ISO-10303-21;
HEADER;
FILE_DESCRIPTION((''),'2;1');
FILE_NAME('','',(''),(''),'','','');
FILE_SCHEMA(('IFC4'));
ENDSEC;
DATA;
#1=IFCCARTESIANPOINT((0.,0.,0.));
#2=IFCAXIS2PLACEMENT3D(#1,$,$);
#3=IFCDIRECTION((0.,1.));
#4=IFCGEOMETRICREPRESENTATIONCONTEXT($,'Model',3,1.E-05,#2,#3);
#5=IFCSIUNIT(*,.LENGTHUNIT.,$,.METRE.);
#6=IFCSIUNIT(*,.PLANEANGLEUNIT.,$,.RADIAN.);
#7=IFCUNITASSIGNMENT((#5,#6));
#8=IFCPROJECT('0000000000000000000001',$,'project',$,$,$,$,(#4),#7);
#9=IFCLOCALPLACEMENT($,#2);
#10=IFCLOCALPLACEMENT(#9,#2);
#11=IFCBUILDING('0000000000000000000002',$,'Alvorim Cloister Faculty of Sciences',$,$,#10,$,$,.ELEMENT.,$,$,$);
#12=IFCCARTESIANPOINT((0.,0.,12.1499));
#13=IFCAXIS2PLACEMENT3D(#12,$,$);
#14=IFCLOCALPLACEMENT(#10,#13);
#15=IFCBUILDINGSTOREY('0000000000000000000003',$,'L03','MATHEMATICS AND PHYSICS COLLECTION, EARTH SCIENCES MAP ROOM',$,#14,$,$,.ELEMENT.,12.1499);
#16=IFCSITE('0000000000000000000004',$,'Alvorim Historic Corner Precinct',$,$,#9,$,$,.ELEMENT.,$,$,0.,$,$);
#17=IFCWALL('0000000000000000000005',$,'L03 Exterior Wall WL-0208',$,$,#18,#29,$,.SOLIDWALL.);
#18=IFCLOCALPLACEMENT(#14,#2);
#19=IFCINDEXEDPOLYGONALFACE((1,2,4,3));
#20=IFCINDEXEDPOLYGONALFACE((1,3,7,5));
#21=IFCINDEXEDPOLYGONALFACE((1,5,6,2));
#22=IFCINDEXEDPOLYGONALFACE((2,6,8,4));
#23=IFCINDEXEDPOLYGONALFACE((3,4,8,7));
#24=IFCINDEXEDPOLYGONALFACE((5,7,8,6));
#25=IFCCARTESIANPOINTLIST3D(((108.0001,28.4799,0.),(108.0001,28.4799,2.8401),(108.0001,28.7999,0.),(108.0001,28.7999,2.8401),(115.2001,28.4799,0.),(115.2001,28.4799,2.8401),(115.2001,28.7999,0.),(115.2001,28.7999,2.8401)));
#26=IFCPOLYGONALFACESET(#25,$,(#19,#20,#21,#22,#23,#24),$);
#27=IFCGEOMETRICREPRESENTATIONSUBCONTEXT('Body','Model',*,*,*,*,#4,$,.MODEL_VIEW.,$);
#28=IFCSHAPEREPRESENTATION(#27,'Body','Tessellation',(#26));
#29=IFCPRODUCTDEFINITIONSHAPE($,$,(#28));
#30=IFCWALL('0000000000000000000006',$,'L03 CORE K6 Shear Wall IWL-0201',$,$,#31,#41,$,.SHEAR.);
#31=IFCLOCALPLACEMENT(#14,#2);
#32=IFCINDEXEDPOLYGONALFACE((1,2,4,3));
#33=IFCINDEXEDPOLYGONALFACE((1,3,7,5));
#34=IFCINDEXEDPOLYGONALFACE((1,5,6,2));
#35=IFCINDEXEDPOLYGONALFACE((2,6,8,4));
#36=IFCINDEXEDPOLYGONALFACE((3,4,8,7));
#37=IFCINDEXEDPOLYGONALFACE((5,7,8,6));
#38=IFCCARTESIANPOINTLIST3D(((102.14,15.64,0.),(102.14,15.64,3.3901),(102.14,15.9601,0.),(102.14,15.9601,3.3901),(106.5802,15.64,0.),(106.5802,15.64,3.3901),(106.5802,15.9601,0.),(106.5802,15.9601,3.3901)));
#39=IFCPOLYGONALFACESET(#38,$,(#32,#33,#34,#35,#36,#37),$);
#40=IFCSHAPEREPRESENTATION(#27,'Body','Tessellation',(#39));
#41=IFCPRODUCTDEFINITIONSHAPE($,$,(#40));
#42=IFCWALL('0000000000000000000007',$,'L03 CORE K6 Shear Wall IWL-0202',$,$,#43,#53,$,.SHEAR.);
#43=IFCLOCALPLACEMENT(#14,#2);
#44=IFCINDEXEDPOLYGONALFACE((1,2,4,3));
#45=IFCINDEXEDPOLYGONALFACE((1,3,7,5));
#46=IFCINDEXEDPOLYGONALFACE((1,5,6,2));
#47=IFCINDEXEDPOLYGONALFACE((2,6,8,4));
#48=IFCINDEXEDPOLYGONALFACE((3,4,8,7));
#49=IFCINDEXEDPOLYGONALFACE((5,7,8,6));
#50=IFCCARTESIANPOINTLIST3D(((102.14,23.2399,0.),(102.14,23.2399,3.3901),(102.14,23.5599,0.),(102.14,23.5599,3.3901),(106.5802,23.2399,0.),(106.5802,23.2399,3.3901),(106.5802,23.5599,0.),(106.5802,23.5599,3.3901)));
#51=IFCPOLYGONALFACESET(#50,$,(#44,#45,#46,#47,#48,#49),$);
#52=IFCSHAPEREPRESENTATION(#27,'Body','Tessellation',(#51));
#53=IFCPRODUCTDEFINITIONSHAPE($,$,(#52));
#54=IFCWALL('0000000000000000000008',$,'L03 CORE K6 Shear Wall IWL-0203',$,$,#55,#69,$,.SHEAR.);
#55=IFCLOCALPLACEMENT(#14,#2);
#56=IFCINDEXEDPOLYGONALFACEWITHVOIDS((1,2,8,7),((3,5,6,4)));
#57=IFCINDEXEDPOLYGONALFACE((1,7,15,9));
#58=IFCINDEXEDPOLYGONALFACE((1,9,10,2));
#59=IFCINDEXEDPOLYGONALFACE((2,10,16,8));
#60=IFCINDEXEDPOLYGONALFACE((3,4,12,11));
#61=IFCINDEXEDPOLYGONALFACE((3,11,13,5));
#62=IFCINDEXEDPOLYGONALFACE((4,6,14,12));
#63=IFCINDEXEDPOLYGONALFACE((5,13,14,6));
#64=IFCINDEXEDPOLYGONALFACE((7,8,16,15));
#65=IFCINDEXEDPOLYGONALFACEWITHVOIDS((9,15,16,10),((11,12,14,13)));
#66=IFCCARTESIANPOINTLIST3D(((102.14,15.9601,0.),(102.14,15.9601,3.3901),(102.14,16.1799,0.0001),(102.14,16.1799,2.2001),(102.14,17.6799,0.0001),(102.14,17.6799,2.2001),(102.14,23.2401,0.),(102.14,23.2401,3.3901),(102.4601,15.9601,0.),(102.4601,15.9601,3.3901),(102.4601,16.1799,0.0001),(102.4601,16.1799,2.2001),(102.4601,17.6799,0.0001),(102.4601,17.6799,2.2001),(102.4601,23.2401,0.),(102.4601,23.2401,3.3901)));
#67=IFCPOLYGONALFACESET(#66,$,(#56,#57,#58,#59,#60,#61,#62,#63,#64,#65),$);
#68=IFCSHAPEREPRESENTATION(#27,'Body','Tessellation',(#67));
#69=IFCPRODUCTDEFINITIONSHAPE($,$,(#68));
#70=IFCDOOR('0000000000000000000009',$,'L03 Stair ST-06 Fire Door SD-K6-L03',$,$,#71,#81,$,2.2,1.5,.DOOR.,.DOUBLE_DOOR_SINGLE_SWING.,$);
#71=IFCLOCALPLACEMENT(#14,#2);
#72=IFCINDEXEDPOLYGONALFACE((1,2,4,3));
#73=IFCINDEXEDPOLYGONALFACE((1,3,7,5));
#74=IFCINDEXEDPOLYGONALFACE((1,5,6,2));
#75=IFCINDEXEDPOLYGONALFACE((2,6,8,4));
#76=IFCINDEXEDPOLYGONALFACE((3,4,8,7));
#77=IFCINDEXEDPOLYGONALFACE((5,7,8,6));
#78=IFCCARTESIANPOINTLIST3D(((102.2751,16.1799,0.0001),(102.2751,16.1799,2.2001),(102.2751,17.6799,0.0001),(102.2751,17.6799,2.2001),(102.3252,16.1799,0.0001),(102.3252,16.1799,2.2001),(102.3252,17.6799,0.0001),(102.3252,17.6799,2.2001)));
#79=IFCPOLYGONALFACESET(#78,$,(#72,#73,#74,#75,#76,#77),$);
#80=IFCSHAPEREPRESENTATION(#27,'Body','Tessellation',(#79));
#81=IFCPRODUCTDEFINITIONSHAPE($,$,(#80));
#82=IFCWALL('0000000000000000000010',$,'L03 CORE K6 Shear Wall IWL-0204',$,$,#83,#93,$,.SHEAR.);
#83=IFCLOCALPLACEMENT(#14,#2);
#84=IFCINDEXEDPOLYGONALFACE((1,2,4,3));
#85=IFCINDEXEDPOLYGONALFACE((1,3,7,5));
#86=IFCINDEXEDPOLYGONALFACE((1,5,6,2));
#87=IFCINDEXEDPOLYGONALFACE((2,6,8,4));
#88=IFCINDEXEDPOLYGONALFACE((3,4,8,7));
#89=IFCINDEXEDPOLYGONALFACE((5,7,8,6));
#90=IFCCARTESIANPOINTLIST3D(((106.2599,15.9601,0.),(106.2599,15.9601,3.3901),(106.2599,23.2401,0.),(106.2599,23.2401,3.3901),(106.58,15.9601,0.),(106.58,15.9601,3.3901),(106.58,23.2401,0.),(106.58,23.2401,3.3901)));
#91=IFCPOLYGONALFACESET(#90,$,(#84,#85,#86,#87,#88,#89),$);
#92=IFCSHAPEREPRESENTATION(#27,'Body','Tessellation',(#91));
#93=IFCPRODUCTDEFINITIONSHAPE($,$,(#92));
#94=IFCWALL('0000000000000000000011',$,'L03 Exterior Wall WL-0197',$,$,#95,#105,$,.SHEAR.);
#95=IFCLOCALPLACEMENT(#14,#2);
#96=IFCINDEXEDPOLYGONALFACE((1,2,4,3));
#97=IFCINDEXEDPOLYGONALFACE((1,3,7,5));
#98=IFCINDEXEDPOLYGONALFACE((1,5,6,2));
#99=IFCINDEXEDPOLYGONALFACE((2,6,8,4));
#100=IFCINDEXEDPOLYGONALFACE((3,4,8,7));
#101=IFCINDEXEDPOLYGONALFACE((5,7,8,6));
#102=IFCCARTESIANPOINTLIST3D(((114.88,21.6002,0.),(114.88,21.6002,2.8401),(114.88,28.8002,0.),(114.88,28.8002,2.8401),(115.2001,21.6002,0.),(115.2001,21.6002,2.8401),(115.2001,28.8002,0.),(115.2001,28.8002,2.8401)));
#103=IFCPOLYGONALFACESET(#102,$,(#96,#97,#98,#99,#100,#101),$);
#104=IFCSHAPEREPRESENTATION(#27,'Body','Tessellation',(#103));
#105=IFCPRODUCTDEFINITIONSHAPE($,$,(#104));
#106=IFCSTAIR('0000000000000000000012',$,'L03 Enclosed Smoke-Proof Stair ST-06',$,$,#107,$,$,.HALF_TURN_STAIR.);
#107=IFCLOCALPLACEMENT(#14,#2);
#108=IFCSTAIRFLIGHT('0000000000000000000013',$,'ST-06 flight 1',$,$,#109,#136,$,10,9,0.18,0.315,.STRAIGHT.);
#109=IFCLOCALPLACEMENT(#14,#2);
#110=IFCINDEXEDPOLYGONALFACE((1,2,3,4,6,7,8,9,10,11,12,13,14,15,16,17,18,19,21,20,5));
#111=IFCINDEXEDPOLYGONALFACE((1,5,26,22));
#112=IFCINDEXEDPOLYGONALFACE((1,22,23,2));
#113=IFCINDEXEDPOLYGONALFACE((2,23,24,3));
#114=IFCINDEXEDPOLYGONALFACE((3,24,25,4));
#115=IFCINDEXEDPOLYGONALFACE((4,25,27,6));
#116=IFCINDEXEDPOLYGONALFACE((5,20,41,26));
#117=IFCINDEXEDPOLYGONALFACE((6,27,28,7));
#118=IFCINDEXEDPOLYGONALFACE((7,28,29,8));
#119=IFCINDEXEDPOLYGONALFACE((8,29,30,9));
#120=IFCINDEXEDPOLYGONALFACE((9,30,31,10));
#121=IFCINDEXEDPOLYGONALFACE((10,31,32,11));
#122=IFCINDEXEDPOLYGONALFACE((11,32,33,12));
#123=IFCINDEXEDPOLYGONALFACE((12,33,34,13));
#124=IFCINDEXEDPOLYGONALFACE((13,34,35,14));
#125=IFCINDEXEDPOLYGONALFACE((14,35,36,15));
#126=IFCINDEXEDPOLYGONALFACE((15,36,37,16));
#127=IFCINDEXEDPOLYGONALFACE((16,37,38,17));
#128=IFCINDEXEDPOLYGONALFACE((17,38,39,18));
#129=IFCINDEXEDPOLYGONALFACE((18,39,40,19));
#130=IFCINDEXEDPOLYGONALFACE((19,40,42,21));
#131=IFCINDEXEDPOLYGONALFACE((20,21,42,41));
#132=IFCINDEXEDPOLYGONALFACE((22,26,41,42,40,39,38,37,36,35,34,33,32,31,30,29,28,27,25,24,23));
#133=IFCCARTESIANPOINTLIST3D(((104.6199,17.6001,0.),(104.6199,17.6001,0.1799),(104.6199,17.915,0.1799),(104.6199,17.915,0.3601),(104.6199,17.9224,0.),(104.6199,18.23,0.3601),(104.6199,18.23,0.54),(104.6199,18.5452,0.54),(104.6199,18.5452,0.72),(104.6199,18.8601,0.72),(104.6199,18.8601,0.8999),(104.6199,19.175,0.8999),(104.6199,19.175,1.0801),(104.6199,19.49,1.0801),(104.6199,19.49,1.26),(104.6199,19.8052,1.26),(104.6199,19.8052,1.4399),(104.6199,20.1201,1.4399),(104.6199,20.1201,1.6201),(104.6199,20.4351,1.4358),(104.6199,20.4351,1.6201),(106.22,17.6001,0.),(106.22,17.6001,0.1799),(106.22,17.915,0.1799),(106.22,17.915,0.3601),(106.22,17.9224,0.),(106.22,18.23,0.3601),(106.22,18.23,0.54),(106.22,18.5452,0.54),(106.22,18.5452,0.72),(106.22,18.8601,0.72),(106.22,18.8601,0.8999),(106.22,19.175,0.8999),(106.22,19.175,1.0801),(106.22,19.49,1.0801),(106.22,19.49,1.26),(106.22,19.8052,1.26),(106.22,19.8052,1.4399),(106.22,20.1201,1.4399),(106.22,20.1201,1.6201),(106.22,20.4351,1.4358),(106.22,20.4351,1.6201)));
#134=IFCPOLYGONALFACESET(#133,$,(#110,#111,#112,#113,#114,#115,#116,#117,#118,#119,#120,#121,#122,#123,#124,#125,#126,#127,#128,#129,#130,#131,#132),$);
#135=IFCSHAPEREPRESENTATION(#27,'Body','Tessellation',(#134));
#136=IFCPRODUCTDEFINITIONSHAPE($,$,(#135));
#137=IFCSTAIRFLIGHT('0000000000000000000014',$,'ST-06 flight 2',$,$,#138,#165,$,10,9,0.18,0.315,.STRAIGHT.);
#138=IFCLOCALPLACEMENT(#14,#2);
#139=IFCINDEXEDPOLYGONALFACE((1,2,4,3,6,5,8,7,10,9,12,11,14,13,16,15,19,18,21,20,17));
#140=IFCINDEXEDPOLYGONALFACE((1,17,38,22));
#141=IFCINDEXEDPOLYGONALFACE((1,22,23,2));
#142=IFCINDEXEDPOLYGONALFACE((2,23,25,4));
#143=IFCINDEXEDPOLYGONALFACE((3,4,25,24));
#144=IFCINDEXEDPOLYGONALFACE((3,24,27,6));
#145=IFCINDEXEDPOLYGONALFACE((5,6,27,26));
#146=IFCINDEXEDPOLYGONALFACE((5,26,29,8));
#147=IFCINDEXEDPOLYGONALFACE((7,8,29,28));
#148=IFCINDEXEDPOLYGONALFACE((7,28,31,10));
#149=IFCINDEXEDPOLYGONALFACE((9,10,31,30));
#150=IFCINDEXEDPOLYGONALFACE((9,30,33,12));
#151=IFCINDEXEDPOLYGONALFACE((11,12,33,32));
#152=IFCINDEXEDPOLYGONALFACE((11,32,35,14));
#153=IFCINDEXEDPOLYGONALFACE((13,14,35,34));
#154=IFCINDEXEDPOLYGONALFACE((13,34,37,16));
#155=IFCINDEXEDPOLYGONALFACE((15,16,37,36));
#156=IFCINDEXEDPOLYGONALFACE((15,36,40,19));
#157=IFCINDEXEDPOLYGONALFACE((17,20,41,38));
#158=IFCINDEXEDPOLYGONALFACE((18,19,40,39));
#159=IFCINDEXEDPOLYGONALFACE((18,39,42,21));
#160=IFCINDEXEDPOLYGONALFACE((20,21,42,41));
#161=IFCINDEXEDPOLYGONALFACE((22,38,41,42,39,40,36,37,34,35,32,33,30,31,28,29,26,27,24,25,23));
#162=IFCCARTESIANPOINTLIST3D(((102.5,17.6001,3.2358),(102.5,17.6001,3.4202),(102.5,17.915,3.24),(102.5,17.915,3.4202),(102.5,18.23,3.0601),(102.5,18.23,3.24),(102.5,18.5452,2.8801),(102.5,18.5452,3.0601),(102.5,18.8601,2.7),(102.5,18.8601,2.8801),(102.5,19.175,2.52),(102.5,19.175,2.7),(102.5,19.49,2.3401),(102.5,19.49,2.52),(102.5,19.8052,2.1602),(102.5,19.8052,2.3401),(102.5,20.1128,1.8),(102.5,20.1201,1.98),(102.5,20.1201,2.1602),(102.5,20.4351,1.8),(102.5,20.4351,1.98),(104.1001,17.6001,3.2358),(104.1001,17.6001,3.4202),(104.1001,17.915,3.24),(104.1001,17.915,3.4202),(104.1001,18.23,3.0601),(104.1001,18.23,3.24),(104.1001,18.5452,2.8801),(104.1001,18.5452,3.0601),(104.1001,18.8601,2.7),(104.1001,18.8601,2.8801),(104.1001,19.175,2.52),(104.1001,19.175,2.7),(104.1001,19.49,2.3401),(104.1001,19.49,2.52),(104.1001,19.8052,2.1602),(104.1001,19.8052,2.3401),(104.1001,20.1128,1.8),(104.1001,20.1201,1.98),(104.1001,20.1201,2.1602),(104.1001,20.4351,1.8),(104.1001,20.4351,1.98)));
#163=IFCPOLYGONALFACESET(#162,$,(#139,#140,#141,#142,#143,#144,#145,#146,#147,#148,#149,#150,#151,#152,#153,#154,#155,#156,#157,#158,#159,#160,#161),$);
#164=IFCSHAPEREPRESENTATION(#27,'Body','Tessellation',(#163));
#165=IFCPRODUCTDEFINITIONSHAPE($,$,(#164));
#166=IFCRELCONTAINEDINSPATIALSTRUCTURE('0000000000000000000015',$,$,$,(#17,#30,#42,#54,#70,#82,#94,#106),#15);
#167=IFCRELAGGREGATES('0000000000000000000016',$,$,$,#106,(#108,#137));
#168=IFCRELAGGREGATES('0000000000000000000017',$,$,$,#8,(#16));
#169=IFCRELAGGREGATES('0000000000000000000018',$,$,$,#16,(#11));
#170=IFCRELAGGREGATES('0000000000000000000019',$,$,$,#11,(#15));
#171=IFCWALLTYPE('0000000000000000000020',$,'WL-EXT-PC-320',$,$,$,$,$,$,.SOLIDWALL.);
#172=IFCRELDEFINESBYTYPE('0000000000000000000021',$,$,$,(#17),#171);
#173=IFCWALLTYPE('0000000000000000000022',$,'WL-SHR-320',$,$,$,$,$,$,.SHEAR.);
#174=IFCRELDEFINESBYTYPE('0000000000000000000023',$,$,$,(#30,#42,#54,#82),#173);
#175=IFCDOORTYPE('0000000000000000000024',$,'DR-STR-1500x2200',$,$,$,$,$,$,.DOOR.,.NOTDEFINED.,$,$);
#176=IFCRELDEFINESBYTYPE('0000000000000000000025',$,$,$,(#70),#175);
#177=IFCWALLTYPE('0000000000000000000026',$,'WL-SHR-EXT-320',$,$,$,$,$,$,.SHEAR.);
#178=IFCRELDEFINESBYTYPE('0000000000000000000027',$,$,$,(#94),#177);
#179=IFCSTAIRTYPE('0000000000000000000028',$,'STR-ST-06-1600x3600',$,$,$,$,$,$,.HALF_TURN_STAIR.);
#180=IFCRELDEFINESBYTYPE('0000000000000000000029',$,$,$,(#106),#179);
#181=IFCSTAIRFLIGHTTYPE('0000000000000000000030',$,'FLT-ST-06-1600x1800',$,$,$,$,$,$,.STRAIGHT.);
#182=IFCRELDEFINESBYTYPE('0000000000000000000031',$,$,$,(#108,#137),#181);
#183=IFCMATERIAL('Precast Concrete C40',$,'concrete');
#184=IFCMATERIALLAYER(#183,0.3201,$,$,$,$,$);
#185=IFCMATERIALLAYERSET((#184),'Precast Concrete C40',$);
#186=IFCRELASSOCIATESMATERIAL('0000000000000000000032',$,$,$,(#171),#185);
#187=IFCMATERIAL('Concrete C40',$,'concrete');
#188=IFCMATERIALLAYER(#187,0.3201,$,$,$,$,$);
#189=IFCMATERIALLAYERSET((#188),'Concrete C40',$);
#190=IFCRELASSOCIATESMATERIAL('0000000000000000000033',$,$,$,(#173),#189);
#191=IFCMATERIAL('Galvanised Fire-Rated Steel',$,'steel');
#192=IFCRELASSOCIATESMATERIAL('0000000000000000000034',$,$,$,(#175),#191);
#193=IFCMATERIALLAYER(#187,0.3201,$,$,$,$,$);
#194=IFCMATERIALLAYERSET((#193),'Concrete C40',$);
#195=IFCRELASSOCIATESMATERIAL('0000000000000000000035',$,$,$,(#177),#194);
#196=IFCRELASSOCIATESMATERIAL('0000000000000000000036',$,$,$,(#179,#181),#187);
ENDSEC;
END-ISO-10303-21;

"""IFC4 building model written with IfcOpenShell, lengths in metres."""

from ifc_helpers import new_model, si_unit, direction, frame, frame_2d, origin, place, context, subcontext, project, spatial, polyline, rectangle, outline, extrude, material, layer, layer_set, type_object, element, fill, aggregate, save


model = new_model("IFC4")

# Units and contexts
model_context = context("Model", 3, precision=1e-05, world=origin(), true_north=direction((0.0, 1.0)))
body_context = subcontext(model_context, "Body", "Model", "MODEL_VIEW")
ifc_project = project(units=[si_unit("LENGTHUNIT", "METRE"), si_unit("PLANEANGLEUNIT", "RADIAN")], contexts=[model_context])

# Site, building, storey
site_placement = place(None, origin())
site = spatial("IfcSite", under=ifc_project, at=site_placement, Name="Alvorim Historic Corner Precinct", CompositionType="ELEMENT", RefElevation=0.0)
building_placement = place(site_placement, origin())
building = spatial("IfcBuilding", under=site, at=building_placement, Name="Alvorim Cloister Faculty of Sciences", CompositionType="ELEMENT")
storey_placement = place(building_placement, frame((0.0, 0.0, 12.1499)))
storey = spatial("IfcBuildingStorey", under=building, at=storey_placement, Name="L03", Description="MATHEMATICS AND PHYSICS COLLECTION, EARTH SCIENCES MAP ROOM", CompositionType="ELEMENT", Elevation=12.1499)

# Shared definitions
ifc_material_1 = material(Name="Precast Concrete C40", Category="concrete")

# Walls
ifc_layer_1 = layer(ifc_material_1, 0.3201)
ifc_layer_set_1 = layer_set([ifc_layer_1], Name="Precast Concrete C40")
wall_type_1 = type_object("IfcWallType", Name="WL-EXT-PC-320", PredefinedType="SOLIDWALL", material=ifc_layer_set_1)
for number, where, z_axis, x_axis, name in (
    (1, (108.0, 28.6399, 0.0), (0.0, 0.0, 1.0), (1.0, 0.0, 0.0), "L03 Exterior Wall WL-0208"),
):
    element("IfcWall", number, at=place(storey_placement, frame(where, z_axis=z_axis, x_axis=x_axis)), inside=storey, type_object=wall_type_1, Name=name, PredefinedType="SOLIDWALL", context=body_context, shape_type="SweptSolid", body=[
        extrude(rectangle(XDim=7.2, YDim=0.3201, at=frame_2d((3.6001, 0.0))), origin(), (0.0, 0.0, 1.0), 2.8401),
    ])
ifc_material_2 = material(Name="Concrete C40", Category="concrete")
ifc_layer_2 = layer(ifc_material_2, 0.3201)
ifc_layer_set_2 = layer_set([ifc_layer_2], Name="Concrete C40")
wall_type_2 = type_object("IfcWallType", Name="WL-SHR-320", PredefinedType="SHEAR", material=ifc_layer_set_2)
for number, where, z_axis, x_axis, name in (
    (2, (102.1399, 15.8, 0.0), (0.0, 0.0, 1.0), (1.0, 0.0, 0.0), "L03 CORE K6 Shear Wall IWL-0201"),
    (3, (102.1399, 23.3999, 0.0), (0.0, 0.0, 1.0), (1.0, 0.0, 0.0), "L03 CORE K6 Shear Wall IWL-0202"),
):
    element("IfcWall", number, at=place(storey_placement, frame(where, z_axis=z_axis, x_axis=x_axis)), inside=storey, type_object=wall_type_2, Name=name, PredefinedType="SHEAR", context=body_context, shape_type="SweptSolid", body=[
        extrude(rectangle(XDim=4.4402, YDim=0.3201, at=frame_2d((2.2202, 0.0))), origin(), (0.0, 0.0, 1.0), 3.3901),
    ])

# Wall, opening, door
wall_1_placement = place(storey_placement, frame((102.3, 15.96, 0.0), z_axis=(0.0, 0.0, 1.0), x_axis=(0.0, 1.0, 0.0)))
wall_1 = element("IfcWall", 4, at=wall_1_placement, inside=storey, type_object=wall_type_2, Name="L03 CORE K6 Shear Wall IWL-0203", PredefinedType="SHEAR", context=body_context, shape_type="SweptSolid", body=[
    extrude(rectangle(XDim=7.28, YDim=0.3201, at=frame_2d((3.6401, 0.0))), origin(), (0.0, 0.0, 1.0), 3.3901),
])
opening_placement = place(wall_1_placement, frame((0.22, 0.0, 0.0)))
opening = element("IfcOpeningElement", 5, at=opening_placement, cuts=wall_1, PredefinedType="OPENING", context=body_context, shape_type="SweptSolid", body=[
    extrude(rectangle(XDim=1.5, YDim=2.2, at=frame_2d((0.75, 1.1001))), frame((0.0, 0.1719, 0.0), z_axis=(0.0, -1.0, 0.0), x_axis=(1.0, 0.0, 0.0)), (0.0, 0.0, 1.0), 0.344),
])
ifc_material_3 = material(Name="Galvanised Fire-Rated Steel", Category="steel")
door_type = type_object("IfcDoorType", Name="DR-STR-1500x2200", OperationType="NOTDEFINED", PredefinedType="DOOR", material=ifc_material_3)
door_placement = place(opening_placement, origin())
door = element("IfcDoor", 6, at=door_placement, inside=storey, type_object=door_type, Name="L03 Stair ST-06 Fire Door SD-K6-L03", OperationType="DOUBLE_DOOR_SINGLE_SWING", OverallHeight=2.2, OverallWidth=1.5, PredefinedType="DOOR", context=body_context, shape_type="SweptSolid", body=[
    extrude(rectangle(XDim=1.5, YDim=2.2, at=frame_2d((0.75, 1.1001))), frame((0.0, 0.0249, 0.0), z_axis=(0.0, -1.0, 0.0), x_axis=(1.0, 0.0, 0.0)), (0.0, 0.0, 1.0), 0.05),
])
fill(opening, door)

# Walls
wall_2_placement = place(storey_placement, frame((106.4199, 15.96, 0.0), z_axis=(0.0, 0.0, 1.0), x_axis=(0.0, 1.0, 0.0)))
element("IfcWall", 7, at=wall_2_placement, inside=storey, type_object=wall_type_2, Name="L03 CORE K6 Shear Wall IWL-0204", PredefinedType="SHEAR", context=body_context, shape_type="SweptSolid", body=[
    extrude(rectangle(XDim=7.28, YDim=0.3201, at=frame_2d((3.6401, 0.0))), origin(), (0.0, 0.0, 1.0), 3.3901),
])
ifc_layer_3 = layer(ifc_material_2, 0.3201)
ifc_layer_set_3 = layer_set([ifc_layer_3], Name="Concrete C40")
wall_type_3 = type_object("IfcWallType", Name="WL-SHR-EXT-320", PredefinedType="SHEAR", material=ifc_layer_set_3)
wall_3_placement = place(storey_placement, frame((115.04, 21.6001, 0.0), z_axis=(0.0, 0.0, 1.0), x_axis=(0.0, 1.0, 0.0)))
element("IfcWall", 8, at=wall_3_placement, inside=storey, type_object=wall_type_3, Name="L03 Exterior Wall WL-0197", PredefinedType="SHEAR", context=body_context, shape_type="SweptSolid", body=[
    extrude(rectangle(XDim=7.2, YDim=0.3201, at=frame_2d((3.6001, 0.0))), origin(), (0.0, 0.0, 1.0), 2.8401),
])

# Stair, stair flights
stair_type = type_object("IfcStairType", Name="STR-ST-06-1600x3600", PredefinedType="HALF_TURN_STAIR", material=ifc_material_2)
stair_placement = place(storey_placement, origin())
stair = element("IfcStair", 9, at=stair_placement, inside=storey, type_object=stair_type, Name="L03 Enclosed Smoke-Proof Stair ST-06", PredefinedType="HALF_TURN_STAIR")
stair_flight_type = type_object("IfcStairFlightType", Name="FLT-ST-06-1600x1800", PredefinedType="STRAIGHT", material=ifc_material_2)
stair_flight_1_placement = place(storey_placement, frame((105.4199, 17.6001, 0.0), z_axis=(0.0, 0.0, 1.0), x_axis=(0.0, 1.0, 0.0)))
stair_flight_1 = element("IfcStairFlight", 10, at=stair_flight_1_placement, type_object=stair_flight_type, Name="ST-06 flight 1", NumberOfRisers=10, NumberOfTreads=9, PredefinedType="STRAIGHT", RiserHeight=0.18, TreadLength=0.315, context=body_context, shape_type="SweptSolid", body=[
    extrude(outline(polyline([(0.3223, 0.0), (2.835, 1.4358), (2.835, 1.8), (2.835, 1.6201), (2.52, 1.6201), (2.52, 1.4399), (2.2051, 1.4399), (2.2051, 1.26), (1.8899, 1.26), (1.8899, 1.0801), (1.575, 1.0801), (1.575, 0.8999), (1.26, 0.8999), (1.26, 0.72), (0.9451, 0.72), (0.9451, 0.54), (0.6299, 0.54), (0.6299, 0.3601), (0.3149, 0.3601), (0.3149, 0.1799), (0.0, 0.1799), (0.0, 0.0), (0.3223, 0.0)])), frame((0.0, 0.8, 0.0), z_axis=(0.0, -1.0, 0.0), x_axis=(1.0, 0.0, 0.0)), (0.0, 0.0, 1.0), 1.6001),
])
stair_flight_2_placement = place(storey_placement, frame((103.3, 20.4351, 1.8), z_axis=(0.0, 0.0, 1.0), x_axis=(0.0, -1.0, 0.0)))
stair_flight_2 = element("IfcStairFlight", 11, at=stair_flight_2_placement, type_object=stair_flight_type, Name="ST-06 flight 2", NumberOfRisers=10, NumberOfTreads=9, PredefinedType="STRAIGHT", RiserHeight=0.18, TreadLength=0.315, context=body_context, shape_type="SweptSolid", body=[
    extrude(outline(polyline([(0.3223, 0.0), (2.835, 1.4358), (2.835, 1.8), (2.835, 1.6201), (2.52, 1.6201), (2.52, 1.4399), (2.2051, 1.4399), (2.2051, 1.26), (1.8899, 1.26), (1.8899, 1.0801), (1.575, 1.0801), (1.575, 0.8999), (1.26, 0.8999), (1.26, 0.72), (0.9451, 0.72), (0.9451, 0.54), (0.6299, 0.54), (0.6299, 0.3601), (0.3149, 0.3601), (0.3149, 0.1799), (0.0, 0.1799), (0.0, 0.0), (0.3223, 0.0)])), frame((0.0, 0.8, 0.0), z_axis=(0.0, -1.0, 0.0), x_axis=(1.0, 0.0, 0.0)), (0.0, 0.0, 1.0), 1.6001),
])
aggregate(stair, [stair_flight_1, stair_flight_2])

save(model, "model.ifc")
